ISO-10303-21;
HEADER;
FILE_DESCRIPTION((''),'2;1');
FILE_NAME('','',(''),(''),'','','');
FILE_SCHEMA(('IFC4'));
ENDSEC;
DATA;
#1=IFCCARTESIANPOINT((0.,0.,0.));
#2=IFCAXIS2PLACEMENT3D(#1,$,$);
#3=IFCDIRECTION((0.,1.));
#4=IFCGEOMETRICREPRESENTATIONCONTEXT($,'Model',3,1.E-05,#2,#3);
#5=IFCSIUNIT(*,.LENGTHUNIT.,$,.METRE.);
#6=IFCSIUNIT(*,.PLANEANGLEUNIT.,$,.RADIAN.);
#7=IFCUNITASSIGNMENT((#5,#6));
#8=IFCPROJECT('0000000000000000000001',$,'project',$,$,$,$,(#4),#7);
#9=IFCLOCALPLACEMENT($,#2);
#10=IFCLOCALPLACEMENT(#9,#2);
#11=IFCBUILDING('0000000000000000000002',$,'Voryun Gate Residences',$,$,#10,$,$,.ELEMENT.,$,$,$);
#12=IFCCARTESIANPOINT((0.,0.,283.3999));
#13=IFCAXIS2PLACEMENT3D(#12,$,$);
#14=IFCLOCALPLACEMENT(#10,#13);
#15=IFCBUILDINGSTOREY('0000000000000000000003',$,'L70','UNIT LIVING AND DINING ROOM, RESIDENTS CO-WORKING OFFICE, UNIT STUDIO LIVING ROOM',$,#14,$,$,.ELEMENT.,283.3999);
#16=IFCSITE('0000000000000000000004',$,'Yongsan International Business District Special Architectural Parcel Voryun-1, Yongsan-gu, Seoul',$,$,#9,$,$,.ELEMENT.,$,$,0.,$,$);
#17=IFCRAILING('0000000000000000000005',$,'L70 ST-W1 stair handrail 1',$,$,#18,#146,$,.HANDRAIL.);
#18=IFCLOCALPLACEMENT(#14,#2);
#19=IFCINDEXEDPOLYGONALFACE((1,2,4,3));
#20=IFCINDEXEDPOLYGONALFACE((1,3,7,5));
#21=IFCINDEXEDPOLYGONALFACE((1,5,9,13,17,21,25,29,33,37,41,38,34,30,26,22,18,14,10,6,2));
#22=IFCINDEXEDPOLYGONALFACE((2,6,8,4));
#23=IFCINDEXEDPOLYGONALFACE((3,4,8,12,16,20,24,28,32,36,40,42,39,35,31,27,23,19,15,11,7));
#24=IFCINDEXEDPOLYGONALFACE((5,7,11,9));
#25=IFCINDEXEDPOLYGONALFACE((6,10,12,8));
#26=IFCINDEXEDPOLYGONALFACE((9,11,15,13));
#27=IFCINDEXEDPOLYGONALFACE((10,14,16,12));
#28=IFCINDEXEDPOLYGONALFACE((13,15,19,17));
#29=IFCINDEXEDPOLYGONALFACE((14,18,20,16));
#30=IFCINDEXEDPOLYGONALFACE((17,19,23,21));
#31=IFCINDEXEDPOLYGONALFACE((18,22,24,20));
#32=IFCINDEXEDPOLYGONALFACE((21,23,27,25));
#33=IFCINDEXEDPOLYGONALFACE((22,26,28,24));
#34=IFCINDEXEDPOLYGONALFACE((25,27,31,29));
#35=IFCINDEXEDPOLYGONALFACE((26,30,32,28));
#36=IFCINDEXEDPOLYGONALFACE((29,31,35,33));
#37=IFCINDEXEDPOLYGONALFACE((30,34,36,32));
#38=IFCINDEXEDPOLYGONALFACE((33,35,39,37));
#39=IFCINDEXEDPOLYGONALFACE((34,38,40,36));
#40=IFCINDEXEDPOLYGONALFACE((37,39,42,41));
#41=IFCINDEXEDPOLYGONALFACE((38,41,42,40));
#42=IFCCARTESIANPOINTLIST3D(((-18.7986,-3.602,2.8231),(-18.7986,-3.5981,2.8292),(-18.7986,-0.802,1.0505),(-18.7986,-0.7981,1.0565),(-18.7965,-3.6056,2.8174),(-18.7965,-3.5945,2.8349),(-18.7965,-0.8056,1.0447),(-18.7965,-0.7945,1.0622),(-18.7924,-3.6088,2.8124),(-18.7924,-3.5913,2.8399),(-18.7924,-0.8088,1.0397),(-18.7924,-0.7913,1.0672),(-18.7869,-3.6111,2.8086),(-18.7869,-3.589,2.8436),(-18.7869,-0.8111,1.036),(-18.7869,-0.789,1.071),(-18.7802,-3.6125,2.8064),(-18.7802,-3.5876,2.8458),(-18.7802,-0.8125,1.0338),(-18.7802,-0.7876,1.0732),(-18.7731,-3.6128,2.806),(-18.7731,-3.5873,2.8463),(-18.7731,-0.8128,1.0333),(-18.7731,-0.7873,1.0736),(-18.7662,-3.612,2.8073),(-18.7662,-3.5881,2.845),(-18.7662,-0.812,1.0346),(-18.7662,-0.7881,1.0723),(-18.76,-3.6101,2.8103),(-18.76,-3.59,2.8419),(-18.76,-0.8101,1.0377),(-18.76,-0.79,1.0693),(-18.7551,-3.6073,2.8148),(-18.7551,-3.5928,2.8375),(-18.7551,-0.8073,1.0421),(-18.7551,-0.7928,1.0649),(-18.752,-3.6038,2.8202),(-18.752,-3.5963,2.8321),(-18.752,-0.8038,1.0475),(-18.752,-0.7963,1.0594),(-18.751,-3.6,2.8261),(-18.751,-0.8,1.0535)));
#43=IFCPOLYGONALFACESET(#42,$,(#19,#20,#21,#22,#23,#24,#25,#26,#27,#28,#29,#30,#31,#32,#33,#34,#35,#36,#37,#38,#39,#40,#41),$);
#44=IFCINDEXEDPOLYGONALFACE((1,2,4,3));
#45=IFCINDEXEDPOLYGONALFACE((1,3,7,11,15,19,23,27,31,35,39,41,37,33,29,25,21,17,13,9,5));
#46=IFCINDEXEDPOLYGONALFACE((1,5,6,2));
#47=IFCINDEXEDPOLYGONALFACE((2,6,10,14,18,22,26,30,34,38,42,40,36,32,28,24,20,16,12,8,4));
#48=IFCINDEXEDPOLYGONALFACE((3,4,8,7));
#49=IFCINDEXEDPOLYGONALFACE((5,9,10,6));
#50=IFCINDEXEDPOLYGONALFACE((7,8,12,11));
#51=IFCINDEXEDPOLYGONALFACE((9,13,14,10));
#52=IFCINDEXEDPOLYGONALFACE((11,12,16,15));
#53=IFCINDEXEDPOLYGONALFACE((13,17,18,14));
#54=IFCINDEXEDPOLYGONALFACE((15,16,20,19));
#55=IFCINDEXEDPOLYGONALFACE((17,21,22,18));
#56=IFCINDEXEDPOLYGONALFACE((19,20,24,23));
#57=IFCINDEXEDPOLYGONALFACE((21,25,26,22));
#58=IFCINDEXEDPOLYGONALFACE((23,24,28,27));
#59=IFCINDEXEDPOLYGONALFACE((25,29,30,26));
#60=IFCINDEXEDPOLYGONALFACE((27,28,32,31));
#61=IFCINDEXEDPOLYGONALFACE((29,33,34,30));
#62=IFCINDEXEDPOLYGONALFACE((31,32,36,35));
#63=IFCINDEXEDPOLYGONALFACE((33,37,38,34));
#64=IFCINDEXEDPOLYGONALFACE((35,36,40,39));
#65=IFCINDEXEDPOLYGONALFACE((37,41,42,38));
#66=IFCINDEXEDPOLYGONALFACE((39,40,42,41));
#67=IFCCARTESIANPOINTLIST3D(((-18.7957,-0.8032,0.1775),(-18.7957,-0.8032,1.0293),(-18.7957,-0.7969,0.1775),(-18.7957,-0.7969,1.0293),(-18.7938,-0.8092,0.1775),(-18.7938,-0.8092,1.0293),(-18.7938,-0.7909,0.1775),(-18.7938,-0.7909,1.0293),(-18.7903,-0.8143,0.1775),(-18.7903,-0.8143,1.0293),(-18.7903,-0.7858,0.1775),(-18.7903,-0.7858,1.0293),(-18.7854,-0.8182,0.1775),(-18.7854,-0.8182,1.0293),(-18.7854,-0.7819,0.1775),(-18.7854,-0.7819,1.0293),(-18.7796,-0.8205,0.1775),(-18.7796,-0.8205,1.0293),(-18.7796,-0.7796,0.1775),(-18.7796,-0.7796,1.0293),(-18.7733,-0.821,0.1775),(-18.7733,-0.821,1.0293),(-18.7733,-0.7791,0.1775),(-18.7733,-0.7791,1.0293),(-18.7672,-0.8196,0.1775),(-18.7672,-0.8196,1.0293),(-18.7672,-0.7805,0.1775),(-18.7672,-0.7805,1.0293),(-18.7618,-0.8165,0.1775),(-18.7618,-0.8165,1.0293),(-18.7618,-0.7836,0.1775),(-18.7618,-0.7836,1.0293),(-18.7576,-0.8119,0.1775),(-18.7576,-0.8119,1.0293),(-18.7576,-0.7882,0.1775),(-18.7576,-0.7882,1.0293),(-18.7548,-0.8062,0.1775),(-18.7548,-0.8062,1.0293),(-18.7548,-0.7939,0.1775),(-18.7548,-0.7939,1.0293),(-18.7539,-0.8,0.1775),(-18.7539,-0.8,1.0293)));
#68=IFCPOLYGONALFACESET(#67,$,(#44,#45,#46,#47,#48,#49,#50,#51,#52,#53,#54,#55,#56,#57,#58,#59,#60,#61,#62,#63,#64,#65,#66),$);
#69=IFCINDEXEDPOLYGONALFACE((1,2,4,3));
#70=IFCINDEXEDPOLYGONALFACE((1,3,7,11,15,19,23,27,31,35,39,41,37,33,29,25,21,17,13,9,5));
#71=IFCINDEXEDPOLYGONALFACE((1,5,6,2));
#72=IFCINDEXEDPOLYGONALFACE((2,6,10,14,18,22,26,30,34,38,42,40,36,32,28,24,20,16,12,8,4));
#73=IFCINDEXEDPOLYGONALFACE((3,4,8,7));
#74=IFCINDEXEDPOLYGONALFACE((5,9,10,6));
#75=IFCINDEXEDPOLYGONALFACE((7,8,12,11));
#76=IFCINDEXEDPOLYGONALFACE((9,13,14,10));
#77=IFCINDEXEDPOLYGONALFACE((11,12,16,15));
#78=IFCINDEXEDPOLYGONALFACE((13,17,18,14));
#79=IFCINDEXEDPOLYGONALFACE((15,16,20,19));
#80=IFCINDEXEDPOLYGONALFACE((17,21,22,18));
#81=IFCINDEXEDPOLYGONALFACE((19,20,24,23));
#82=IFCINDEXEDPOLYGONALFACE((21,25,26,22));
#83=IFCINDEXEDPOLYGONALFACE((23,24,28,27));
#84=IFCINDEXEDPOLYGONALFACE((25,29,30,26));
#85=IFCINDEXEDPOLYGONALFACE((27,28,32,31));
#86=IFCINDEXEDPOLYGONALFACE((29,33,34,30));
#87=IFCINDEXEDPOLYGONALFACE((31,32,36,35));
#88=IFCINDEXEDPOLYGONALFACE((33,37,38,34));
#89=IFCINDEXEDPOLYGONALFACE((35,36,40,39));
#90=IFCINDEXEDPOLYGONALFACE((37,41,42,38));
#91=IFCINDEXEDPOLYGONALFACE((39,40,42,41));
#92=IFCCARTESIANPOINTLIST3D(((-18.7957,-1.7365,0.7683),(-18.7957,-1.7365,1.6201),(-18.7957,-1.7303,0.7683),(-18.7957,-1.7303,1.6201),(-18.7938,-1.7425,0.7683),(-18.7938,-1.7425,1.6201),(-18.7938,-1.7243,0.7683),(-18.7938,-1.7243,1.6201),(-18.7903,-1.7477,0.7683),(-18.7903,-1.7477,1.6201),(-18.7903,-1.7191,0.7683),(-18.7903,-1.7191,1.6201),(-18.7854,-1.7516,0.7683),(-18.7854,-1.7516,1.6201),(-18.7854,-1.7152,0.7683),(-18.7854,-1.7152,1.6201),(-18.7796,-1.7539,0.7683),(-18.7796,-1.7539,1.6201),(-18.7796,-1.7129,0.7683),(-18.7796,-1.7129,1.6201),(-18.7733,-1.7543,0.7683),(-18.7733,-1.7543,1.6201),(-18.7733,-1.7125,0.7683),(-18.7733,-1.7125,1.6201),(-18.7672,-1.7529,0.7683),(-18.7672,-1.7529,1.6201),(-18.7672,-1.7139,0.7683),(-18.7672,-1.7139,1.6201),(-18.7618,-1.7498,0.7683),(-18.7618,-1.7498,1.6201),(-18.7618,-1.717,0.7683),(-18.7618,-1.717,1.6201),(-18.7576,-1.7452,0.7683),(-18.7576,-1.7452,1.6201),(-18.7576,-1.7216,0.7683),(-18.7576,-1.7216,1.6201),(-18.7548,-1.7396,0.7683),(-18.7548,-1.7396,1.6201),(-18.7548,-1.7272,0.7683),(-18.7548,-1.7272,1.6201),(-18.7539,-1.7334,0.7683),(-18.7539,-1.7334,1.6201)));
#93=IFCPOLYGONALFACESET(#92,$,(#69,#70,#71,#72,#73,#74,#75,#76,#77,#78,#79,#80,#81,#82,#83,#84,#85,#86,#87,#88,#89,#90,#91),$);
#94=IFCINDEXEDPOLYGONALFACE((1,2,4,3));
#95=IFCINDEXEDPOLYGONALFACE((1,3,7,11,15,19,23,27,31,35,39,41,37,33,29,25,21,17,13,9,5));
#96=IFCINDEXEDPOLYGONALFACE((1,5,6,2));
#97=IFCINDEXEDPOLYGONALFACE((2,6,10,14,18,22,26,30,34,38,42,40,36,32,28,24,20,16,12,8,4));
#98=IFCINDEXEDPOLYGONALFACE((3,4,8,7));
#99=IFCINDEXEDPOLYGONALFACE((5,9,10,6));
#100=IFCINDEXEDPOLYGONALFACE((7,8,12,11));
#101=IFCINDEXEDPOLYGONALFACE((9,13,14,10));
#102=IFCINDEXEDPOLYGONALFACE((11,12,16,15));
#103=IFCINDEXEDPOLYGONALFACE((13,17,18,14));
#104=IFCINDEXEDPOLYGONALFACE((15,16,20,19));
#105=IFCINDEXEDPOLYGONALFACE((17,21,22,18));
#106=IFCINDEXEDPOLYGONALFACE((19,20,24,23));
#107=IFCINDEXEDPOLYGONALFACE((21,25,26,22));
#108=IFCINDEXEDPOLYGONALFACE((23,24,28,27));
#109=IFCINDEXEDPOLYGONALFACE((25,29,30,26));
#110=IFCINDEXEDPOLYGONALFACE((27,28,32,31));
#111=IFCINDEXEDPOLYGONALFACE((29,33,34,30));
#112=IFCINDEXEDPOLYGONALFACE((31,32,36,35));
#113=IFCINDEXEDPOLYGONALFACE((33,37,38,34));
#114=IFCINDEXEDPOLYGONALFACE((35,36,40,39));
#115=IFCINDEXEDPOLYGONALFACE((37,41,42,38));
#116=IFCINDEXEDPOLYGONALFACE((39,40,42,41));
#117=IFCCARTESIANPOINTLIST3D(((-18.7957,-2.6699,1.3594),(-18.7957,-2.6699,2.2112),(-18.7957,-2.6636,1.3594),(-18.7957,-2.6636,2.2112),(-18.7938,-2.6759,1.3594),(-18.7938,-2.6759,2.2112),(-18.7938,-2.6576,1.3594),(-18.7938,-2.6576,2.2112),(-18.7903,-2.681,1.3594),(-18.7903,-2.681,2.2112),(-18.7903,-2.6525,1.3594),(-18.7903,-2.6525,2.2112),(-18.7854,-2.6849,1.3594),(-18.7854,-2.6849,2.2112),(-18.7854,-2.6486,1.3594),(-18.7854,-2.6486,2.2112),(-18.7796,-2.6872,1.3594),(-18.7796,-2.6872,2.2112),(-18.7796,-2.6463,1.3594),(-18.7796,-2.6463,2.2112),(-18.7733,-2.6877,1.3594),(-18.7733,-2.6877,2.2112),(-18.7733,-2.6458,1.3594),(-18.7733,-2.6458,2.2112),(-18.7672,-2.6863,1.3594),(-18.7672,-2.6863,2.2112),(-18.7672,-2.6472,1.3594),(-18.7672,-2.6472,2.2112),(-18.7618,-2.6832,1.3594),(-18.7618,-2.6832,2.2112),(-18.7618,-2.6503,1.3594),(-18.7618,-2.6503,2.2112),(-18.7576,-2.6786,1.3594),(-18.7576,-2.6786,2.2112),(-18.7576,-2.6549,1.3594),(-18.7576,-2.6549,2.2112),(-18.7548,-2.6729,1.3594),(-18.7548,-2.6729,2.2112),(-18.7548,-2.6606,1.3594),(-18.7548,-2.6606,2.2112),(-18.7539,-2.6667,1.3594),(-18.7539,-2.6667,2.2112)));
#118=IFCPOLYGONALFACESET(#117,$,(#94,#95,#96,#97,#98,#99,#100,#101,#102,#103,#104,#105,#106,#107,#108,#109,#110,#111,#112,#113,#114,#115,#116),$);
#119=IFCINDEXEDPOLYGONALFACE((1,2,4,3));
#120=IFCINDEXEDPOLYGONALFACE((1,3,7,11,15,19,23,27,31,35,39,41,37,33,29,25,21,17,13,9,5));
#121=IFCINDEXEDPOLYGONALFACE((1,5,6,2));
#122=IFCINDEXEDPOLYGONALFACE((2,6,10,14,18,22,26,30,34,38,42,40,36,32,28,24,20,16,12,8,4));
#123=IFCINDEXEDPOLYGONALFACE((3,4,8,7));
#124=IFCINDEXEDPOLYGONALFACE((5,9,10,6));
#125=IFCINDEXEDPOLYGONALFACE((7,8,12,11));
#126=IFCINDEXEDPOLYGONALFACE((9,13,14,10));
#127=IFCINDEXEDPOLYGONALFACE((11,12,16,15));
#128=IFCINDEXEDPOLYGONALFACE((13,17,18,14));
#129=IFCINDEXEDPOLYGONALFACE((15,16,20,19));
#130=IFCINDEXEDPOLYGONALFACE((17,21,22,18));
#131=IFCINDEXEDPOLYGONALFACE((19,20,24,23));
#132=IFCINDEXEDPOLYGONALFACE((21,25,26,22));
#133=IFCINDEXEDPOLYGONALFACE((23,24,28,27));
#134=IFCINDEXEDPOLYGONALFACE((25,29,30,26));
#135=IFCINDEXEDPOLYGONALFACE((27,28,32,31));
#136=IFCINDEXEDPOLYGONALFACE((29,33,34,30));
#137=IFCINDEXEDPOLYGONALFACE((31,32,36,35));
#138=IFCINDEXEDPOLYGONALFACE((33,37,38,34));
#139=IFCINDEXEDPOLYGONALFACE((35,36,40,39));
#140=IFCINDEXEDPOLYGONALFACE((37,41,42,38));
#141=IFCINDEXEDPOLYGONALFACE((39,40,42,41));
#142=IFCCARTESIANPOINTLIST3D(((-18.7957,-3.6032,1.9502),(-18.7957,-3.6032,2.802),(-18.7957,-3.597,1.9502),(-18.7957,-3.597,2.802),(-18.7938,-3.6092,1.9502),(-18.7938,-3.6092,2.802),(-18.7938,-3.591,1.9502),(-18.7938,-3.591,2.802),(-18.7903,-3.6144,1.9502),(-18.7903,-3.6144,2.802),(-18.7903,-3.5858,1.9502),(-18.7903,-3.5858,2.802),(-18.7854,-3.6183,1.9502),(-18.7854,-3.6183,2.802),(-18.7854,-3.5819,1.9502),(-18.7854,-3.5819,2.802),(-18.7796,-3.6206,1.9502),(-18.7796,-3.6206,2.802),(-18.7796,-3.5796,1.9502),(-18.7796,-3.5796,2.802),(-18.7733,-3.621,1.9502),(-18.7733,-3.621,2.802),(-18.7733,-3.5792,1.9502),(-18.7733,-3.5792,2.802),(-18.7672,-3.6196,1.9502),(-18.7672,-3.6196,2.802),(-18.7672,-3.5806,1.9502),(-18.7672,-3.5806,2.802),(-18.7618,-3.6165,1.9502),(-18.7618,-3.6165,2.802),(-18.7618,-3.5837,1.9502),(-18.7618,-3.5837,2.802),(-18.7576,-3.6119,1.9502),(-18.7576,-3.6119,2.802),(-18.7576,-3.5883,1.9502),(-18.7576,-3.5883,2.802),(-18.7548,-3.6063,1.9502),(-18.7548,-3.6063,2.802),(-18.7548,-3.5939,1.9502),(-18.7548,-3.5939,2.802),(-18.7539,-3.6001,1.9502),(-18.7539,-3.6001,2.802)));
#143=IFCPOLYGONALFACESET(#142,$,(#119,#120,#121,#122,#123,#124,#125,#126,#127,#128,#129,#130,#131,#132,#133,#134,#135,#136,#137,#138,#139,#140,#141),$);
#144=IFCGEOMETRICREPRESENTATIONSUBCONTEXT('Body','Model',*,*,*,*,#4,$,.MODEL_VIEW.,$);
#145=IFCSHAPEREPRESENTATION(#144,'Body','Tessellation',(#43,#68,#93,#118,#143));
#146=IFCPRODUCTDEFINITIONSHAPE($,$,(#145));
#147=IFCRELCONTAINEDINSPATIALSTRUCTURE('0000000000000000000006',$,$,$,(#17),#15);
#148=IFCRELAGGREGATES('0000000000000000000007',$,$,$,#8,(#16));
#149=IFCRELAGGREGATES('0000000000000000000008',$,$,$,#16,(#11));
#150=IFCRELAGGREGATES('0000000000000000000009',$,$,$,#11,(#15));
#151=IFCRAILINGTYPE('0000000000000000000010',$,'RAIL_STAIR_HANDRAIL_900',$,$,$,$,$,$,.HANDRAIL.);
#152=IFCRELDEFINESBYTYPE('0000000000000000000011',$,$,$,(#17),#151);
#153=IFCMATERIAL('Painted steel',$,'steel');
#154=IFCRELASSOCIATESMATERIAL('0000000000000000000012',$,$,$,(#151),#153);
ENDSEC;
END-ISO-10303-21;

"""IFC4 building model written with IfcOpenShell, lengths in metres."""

from ifc_helpers import new_model, si_unit, direction, frame, origin, origin_2d, place, context, subcontext, project, spatial, circle, extrude, material, type_object, element, save


model = new_model("IFC4")

# Units and contexts
model_context = context("Model", 3, precision=1e-05, world=origin(), true_north=direction((0.0, 1.0)))
body_context = subcontext(model_context, "Body", "Model", "MODEL_VIEW")
ifc_project = project(units=[si_unit("LENGTHUNIT", "METRE"), si_unit("PLANEANGLEUNIT", "RADIAN")], contexts=[model_context])

# Site, building, storey
site_placement = place(None, origin())
site = spatial("IfcSite", under=ifc_project, at=site_placement, Name="Yongsan International Business District Special Architectural Parcel Voryun-1, Yongsan-gu, Seoul", CompositionType="ELEMENT", RefElevation=0.0)
building_placement = place(site_placement, origin())
building = spatial("IfcBuilding", under=site, at=building_placement, Name="Voryun Gate Residences", CompositionType="ELEMENT")
storey_placement = place(building_placement, frame((0.0, 0.0, 283.3999)))
storey = spatial("IfcBuildingStorey", under=building, at=storey_placement, Name="L70", Description="UNIT LIVING AND DINING ROOM, RESIDENTS CO-WORKING OFFICE, UNIT STUDIO LIVING ROOM", CompositionType="ELEMENT", Elevation=283.3999)

# Railing
ifc_material_1 = material(Name="Painted steel", Category="steel")
railing_type_1 = type_object("IfcRailingType", Name="RAIL_STAIR_HANDRAIL_900", PredefinedType="HANDRAIL", material=ifc_material_1)
railing_1_placement = place(storey_placement, frame((-18.7749, -0.8, 0.1775)))
element("IfcRailing", 1, at=railing_1_placement, inside=storey, type_object=railing_type_1, Name="L70 ST-W1 stair handrail 1", PredefinedType="HANDRAIL", context=body_context, shape_type="SweptSolid", body=[
    extrude(circle(Radius=0.0239, at=origin_2d()), frame((0.0, 0.0, 0.876), z_axis=(0.0, -0.844909, 0.53491), x_axis=(1.0, 0.0, 0.0)), (0.0, 0.0, 1.0), 3.314),
    extrude(circle(Radius=0.021, at=origin_2d()), origin(), (0.0, 0.0, 1.0), 0.8518),
    extrude(circle(Radius=0.021, at=origin_2d()), frame((0.0, -0.9333, 0.5908)), (0.0, 0.0, 1.0), 0.8518),
    extrude(circle(Radius=0.021, at=origin_2d()), frame((0.0, -1.8667, 1.1819)), (0.0, 0.0, 1.0), 0.8518),
    extrude(circle(Radius=0.021, at=origin_2d()), frame((0.0, -2.8, 1.7727)), (0.0, 0.0, 1.0), 0.8518),
])

save(model, "model.ifc")
